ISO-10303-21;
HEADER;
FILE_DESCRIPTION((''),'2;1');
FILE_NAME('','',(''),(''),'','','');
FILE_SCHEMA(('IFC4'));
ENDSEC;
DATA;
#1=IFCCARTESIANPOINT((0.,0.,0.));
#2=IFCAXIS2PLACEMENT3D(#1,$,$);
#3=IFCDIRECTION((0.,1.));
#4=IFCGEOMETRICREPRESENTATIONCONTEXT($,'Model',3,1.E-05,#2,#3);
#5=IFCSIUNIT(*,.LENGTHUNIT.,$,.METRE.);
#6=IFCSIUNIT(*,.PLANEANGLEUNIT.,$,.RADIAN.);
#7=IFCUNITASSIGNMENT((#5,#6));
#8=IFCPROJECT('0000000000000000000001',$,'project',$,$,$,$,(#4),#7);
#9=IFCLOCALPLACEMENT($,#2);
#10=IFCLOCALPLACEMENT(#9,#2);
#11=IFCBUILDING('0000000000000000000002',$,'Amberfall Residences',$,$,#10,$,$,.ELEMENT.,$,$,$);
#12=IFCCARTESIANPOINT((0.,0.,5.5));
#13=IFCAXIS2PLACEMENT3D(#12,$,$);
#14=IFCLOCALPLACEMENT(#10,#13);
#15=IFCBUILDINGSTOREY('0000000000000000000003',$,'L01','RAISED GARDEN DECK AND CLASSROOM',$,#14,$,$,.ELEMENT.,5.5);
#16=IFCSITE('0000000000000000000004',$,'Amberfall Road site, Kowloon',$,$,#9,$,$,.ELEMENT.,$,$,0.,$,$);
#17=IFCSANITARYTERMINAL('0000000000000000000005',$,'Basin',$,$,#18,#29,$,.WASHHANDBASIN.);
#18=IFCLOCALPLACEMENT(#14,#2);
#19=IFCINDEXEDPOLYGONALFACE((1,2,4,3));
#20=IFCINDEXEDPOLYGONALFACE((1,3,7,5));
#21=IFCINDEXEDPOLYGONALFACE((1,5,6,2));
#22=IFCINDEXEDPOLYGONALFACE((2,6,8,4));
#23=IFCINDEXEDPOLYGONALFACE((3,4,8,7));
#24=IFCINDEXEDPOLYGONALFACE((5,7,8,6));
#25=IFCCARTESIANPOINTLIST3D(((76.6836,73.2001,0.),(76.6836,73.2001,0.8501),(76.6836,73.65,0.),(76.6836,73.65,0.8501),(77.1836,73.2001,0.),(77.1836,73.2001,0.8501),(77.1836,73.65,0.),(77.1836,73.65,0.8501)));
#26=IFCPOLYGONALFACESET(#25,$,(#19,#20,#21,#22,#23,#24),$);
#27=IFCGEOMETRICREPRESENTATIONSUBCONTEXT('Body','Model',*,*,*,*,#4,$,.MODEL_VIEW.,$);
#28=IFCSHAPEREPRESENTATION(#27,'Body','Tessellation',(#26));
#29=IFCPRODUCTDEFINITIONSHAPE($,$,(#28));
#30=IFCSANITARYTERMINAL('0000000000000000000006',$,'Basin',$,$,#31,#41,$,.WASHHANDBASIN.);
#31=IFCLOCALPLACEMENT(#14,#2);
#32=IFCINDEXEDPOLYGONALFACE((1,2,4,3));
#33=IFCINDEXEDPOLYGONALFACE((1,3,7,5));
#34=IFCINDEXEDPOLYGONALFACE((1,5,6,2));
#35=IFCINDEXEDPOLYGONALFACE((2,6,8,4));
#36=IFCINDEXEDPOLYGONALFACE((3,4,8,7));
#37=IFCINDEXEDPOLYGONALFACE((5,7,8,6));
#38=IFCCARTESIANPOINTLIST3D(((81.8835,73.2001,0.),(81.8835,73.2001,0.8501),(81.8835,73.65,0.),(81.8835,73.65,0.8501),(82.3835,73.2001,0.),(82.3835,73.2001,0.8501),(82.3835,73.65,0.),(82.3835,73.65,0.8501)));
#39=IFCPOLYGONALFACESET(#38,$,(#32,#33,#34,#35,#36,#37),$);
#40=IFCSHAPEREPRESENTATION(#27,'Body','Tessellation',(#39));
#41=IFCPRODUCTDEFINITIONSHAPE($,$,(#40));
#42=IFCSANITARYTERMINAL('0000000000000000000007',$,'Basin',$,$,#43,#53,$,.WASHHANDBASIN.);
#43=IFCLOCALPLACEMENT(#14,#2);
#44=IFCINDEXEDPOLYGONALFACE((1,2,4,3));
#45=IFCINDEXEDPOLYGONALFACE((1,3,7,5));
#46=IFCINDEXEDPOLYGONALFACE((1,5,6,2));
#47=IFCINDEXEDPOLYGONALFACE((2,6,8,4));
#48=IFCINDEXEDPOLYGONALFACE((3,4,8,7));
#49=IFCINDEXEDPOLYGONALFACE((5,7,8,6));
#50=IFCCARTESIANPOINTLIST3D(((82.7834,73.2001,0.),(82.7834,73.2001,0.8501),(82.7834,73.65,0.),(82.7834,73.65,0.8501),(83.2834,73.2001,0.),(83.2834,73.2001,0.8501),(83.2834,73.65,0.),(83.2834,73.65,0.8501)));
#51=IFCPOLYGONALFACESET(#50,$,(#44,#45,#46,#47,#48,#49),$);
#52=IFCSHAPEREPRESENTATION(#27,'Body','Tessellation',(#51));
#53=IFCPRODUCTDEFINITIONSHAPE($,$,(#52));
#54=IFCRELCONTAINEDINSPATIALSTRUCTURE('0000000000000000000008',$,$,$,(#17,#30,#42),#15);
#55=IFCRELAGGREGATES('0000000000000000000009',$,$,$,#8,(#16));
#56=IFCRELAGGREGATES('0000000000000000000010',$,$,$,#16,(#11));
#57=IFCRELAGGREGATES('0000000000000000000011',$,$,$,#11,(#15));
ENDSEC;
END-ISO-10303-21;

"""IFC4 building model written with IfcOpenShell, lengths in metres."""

from ifc_helpers import new_model, si_unit, direction, frame, origin, origin_2d, place, context, subcontext, project, spatial, rectangle, extrude, element, save


model = new_model("IFC4")

# Units and contexts
model_context = context("Model", 3, precision=1e-05, world=origin(), true_north=direction((0.0, 1.0)))
body_context = subcontext(model_context, "Body", "Model", "MODEL_VIEW")
ifc_project = project(units=[si_unit("LENGTHUNIT", "METRE"), si_unit("PLANEANGLEUNIT", "RADIAN")], contexts=[model_context])

# Site, building, storey
site_placement = place(None, origin())
site = spatial("IfcSite", under=ifc_project, at=site_placement, Name="Amberfall Road site, Kowloon", CompositionType="ELEMENT", RefElevation=0.0)
building_placement = place(site_placement, origin())
building = spatial("IfcBuilding", under=site, at=building_placement, Name="Amberfall Residences", CompositionType="ELEMENT")
storey_placement = place(building_placement, frame((0.0, 0.0, 5.5)))
storey = spatial("IfcBuildingStorey", under=building, at=storey_placement, Name="L01", Description="RAISED GARDEN DECK AND CLASSROOM", CompositionType="ELEMENT", Elevation=5.5)

# Sanitary terminals
for number, where, z_axis, x_axis, name in (
    (1, (76.9336, 73.425, 0.0), (0.0, 0.0, 1.0), (1.0, 0.0, 0.0), "Basin"),
    (2, (82.1335, 73.425, 0.0), (0.0, 0.0, 1.0), (1.0, 0.0, 0.0), "Basin"),
    (3, (83.0334, 73.425, 0.0), (0.0, 0.0, 1.0), (1.0, 0.0, 0.0), "Basin"),
):
    element("IfcSanitaryTerminal", number, at=place(storey_placement, frame(where, z_axis=z_axis, x_axis=x_axis)), inside=storey, Name=name, PredefinedType="WASHHANDBASIN", context=body_context, shape_type="SweptSolid", body=[
        extrude(rectangle(XDim=0.5, YDim=0.45, at=origin_2d()), origin(), (0.0, 0.0, 1.0), 0.8501),
    ])

save(model, "model.ifc")
